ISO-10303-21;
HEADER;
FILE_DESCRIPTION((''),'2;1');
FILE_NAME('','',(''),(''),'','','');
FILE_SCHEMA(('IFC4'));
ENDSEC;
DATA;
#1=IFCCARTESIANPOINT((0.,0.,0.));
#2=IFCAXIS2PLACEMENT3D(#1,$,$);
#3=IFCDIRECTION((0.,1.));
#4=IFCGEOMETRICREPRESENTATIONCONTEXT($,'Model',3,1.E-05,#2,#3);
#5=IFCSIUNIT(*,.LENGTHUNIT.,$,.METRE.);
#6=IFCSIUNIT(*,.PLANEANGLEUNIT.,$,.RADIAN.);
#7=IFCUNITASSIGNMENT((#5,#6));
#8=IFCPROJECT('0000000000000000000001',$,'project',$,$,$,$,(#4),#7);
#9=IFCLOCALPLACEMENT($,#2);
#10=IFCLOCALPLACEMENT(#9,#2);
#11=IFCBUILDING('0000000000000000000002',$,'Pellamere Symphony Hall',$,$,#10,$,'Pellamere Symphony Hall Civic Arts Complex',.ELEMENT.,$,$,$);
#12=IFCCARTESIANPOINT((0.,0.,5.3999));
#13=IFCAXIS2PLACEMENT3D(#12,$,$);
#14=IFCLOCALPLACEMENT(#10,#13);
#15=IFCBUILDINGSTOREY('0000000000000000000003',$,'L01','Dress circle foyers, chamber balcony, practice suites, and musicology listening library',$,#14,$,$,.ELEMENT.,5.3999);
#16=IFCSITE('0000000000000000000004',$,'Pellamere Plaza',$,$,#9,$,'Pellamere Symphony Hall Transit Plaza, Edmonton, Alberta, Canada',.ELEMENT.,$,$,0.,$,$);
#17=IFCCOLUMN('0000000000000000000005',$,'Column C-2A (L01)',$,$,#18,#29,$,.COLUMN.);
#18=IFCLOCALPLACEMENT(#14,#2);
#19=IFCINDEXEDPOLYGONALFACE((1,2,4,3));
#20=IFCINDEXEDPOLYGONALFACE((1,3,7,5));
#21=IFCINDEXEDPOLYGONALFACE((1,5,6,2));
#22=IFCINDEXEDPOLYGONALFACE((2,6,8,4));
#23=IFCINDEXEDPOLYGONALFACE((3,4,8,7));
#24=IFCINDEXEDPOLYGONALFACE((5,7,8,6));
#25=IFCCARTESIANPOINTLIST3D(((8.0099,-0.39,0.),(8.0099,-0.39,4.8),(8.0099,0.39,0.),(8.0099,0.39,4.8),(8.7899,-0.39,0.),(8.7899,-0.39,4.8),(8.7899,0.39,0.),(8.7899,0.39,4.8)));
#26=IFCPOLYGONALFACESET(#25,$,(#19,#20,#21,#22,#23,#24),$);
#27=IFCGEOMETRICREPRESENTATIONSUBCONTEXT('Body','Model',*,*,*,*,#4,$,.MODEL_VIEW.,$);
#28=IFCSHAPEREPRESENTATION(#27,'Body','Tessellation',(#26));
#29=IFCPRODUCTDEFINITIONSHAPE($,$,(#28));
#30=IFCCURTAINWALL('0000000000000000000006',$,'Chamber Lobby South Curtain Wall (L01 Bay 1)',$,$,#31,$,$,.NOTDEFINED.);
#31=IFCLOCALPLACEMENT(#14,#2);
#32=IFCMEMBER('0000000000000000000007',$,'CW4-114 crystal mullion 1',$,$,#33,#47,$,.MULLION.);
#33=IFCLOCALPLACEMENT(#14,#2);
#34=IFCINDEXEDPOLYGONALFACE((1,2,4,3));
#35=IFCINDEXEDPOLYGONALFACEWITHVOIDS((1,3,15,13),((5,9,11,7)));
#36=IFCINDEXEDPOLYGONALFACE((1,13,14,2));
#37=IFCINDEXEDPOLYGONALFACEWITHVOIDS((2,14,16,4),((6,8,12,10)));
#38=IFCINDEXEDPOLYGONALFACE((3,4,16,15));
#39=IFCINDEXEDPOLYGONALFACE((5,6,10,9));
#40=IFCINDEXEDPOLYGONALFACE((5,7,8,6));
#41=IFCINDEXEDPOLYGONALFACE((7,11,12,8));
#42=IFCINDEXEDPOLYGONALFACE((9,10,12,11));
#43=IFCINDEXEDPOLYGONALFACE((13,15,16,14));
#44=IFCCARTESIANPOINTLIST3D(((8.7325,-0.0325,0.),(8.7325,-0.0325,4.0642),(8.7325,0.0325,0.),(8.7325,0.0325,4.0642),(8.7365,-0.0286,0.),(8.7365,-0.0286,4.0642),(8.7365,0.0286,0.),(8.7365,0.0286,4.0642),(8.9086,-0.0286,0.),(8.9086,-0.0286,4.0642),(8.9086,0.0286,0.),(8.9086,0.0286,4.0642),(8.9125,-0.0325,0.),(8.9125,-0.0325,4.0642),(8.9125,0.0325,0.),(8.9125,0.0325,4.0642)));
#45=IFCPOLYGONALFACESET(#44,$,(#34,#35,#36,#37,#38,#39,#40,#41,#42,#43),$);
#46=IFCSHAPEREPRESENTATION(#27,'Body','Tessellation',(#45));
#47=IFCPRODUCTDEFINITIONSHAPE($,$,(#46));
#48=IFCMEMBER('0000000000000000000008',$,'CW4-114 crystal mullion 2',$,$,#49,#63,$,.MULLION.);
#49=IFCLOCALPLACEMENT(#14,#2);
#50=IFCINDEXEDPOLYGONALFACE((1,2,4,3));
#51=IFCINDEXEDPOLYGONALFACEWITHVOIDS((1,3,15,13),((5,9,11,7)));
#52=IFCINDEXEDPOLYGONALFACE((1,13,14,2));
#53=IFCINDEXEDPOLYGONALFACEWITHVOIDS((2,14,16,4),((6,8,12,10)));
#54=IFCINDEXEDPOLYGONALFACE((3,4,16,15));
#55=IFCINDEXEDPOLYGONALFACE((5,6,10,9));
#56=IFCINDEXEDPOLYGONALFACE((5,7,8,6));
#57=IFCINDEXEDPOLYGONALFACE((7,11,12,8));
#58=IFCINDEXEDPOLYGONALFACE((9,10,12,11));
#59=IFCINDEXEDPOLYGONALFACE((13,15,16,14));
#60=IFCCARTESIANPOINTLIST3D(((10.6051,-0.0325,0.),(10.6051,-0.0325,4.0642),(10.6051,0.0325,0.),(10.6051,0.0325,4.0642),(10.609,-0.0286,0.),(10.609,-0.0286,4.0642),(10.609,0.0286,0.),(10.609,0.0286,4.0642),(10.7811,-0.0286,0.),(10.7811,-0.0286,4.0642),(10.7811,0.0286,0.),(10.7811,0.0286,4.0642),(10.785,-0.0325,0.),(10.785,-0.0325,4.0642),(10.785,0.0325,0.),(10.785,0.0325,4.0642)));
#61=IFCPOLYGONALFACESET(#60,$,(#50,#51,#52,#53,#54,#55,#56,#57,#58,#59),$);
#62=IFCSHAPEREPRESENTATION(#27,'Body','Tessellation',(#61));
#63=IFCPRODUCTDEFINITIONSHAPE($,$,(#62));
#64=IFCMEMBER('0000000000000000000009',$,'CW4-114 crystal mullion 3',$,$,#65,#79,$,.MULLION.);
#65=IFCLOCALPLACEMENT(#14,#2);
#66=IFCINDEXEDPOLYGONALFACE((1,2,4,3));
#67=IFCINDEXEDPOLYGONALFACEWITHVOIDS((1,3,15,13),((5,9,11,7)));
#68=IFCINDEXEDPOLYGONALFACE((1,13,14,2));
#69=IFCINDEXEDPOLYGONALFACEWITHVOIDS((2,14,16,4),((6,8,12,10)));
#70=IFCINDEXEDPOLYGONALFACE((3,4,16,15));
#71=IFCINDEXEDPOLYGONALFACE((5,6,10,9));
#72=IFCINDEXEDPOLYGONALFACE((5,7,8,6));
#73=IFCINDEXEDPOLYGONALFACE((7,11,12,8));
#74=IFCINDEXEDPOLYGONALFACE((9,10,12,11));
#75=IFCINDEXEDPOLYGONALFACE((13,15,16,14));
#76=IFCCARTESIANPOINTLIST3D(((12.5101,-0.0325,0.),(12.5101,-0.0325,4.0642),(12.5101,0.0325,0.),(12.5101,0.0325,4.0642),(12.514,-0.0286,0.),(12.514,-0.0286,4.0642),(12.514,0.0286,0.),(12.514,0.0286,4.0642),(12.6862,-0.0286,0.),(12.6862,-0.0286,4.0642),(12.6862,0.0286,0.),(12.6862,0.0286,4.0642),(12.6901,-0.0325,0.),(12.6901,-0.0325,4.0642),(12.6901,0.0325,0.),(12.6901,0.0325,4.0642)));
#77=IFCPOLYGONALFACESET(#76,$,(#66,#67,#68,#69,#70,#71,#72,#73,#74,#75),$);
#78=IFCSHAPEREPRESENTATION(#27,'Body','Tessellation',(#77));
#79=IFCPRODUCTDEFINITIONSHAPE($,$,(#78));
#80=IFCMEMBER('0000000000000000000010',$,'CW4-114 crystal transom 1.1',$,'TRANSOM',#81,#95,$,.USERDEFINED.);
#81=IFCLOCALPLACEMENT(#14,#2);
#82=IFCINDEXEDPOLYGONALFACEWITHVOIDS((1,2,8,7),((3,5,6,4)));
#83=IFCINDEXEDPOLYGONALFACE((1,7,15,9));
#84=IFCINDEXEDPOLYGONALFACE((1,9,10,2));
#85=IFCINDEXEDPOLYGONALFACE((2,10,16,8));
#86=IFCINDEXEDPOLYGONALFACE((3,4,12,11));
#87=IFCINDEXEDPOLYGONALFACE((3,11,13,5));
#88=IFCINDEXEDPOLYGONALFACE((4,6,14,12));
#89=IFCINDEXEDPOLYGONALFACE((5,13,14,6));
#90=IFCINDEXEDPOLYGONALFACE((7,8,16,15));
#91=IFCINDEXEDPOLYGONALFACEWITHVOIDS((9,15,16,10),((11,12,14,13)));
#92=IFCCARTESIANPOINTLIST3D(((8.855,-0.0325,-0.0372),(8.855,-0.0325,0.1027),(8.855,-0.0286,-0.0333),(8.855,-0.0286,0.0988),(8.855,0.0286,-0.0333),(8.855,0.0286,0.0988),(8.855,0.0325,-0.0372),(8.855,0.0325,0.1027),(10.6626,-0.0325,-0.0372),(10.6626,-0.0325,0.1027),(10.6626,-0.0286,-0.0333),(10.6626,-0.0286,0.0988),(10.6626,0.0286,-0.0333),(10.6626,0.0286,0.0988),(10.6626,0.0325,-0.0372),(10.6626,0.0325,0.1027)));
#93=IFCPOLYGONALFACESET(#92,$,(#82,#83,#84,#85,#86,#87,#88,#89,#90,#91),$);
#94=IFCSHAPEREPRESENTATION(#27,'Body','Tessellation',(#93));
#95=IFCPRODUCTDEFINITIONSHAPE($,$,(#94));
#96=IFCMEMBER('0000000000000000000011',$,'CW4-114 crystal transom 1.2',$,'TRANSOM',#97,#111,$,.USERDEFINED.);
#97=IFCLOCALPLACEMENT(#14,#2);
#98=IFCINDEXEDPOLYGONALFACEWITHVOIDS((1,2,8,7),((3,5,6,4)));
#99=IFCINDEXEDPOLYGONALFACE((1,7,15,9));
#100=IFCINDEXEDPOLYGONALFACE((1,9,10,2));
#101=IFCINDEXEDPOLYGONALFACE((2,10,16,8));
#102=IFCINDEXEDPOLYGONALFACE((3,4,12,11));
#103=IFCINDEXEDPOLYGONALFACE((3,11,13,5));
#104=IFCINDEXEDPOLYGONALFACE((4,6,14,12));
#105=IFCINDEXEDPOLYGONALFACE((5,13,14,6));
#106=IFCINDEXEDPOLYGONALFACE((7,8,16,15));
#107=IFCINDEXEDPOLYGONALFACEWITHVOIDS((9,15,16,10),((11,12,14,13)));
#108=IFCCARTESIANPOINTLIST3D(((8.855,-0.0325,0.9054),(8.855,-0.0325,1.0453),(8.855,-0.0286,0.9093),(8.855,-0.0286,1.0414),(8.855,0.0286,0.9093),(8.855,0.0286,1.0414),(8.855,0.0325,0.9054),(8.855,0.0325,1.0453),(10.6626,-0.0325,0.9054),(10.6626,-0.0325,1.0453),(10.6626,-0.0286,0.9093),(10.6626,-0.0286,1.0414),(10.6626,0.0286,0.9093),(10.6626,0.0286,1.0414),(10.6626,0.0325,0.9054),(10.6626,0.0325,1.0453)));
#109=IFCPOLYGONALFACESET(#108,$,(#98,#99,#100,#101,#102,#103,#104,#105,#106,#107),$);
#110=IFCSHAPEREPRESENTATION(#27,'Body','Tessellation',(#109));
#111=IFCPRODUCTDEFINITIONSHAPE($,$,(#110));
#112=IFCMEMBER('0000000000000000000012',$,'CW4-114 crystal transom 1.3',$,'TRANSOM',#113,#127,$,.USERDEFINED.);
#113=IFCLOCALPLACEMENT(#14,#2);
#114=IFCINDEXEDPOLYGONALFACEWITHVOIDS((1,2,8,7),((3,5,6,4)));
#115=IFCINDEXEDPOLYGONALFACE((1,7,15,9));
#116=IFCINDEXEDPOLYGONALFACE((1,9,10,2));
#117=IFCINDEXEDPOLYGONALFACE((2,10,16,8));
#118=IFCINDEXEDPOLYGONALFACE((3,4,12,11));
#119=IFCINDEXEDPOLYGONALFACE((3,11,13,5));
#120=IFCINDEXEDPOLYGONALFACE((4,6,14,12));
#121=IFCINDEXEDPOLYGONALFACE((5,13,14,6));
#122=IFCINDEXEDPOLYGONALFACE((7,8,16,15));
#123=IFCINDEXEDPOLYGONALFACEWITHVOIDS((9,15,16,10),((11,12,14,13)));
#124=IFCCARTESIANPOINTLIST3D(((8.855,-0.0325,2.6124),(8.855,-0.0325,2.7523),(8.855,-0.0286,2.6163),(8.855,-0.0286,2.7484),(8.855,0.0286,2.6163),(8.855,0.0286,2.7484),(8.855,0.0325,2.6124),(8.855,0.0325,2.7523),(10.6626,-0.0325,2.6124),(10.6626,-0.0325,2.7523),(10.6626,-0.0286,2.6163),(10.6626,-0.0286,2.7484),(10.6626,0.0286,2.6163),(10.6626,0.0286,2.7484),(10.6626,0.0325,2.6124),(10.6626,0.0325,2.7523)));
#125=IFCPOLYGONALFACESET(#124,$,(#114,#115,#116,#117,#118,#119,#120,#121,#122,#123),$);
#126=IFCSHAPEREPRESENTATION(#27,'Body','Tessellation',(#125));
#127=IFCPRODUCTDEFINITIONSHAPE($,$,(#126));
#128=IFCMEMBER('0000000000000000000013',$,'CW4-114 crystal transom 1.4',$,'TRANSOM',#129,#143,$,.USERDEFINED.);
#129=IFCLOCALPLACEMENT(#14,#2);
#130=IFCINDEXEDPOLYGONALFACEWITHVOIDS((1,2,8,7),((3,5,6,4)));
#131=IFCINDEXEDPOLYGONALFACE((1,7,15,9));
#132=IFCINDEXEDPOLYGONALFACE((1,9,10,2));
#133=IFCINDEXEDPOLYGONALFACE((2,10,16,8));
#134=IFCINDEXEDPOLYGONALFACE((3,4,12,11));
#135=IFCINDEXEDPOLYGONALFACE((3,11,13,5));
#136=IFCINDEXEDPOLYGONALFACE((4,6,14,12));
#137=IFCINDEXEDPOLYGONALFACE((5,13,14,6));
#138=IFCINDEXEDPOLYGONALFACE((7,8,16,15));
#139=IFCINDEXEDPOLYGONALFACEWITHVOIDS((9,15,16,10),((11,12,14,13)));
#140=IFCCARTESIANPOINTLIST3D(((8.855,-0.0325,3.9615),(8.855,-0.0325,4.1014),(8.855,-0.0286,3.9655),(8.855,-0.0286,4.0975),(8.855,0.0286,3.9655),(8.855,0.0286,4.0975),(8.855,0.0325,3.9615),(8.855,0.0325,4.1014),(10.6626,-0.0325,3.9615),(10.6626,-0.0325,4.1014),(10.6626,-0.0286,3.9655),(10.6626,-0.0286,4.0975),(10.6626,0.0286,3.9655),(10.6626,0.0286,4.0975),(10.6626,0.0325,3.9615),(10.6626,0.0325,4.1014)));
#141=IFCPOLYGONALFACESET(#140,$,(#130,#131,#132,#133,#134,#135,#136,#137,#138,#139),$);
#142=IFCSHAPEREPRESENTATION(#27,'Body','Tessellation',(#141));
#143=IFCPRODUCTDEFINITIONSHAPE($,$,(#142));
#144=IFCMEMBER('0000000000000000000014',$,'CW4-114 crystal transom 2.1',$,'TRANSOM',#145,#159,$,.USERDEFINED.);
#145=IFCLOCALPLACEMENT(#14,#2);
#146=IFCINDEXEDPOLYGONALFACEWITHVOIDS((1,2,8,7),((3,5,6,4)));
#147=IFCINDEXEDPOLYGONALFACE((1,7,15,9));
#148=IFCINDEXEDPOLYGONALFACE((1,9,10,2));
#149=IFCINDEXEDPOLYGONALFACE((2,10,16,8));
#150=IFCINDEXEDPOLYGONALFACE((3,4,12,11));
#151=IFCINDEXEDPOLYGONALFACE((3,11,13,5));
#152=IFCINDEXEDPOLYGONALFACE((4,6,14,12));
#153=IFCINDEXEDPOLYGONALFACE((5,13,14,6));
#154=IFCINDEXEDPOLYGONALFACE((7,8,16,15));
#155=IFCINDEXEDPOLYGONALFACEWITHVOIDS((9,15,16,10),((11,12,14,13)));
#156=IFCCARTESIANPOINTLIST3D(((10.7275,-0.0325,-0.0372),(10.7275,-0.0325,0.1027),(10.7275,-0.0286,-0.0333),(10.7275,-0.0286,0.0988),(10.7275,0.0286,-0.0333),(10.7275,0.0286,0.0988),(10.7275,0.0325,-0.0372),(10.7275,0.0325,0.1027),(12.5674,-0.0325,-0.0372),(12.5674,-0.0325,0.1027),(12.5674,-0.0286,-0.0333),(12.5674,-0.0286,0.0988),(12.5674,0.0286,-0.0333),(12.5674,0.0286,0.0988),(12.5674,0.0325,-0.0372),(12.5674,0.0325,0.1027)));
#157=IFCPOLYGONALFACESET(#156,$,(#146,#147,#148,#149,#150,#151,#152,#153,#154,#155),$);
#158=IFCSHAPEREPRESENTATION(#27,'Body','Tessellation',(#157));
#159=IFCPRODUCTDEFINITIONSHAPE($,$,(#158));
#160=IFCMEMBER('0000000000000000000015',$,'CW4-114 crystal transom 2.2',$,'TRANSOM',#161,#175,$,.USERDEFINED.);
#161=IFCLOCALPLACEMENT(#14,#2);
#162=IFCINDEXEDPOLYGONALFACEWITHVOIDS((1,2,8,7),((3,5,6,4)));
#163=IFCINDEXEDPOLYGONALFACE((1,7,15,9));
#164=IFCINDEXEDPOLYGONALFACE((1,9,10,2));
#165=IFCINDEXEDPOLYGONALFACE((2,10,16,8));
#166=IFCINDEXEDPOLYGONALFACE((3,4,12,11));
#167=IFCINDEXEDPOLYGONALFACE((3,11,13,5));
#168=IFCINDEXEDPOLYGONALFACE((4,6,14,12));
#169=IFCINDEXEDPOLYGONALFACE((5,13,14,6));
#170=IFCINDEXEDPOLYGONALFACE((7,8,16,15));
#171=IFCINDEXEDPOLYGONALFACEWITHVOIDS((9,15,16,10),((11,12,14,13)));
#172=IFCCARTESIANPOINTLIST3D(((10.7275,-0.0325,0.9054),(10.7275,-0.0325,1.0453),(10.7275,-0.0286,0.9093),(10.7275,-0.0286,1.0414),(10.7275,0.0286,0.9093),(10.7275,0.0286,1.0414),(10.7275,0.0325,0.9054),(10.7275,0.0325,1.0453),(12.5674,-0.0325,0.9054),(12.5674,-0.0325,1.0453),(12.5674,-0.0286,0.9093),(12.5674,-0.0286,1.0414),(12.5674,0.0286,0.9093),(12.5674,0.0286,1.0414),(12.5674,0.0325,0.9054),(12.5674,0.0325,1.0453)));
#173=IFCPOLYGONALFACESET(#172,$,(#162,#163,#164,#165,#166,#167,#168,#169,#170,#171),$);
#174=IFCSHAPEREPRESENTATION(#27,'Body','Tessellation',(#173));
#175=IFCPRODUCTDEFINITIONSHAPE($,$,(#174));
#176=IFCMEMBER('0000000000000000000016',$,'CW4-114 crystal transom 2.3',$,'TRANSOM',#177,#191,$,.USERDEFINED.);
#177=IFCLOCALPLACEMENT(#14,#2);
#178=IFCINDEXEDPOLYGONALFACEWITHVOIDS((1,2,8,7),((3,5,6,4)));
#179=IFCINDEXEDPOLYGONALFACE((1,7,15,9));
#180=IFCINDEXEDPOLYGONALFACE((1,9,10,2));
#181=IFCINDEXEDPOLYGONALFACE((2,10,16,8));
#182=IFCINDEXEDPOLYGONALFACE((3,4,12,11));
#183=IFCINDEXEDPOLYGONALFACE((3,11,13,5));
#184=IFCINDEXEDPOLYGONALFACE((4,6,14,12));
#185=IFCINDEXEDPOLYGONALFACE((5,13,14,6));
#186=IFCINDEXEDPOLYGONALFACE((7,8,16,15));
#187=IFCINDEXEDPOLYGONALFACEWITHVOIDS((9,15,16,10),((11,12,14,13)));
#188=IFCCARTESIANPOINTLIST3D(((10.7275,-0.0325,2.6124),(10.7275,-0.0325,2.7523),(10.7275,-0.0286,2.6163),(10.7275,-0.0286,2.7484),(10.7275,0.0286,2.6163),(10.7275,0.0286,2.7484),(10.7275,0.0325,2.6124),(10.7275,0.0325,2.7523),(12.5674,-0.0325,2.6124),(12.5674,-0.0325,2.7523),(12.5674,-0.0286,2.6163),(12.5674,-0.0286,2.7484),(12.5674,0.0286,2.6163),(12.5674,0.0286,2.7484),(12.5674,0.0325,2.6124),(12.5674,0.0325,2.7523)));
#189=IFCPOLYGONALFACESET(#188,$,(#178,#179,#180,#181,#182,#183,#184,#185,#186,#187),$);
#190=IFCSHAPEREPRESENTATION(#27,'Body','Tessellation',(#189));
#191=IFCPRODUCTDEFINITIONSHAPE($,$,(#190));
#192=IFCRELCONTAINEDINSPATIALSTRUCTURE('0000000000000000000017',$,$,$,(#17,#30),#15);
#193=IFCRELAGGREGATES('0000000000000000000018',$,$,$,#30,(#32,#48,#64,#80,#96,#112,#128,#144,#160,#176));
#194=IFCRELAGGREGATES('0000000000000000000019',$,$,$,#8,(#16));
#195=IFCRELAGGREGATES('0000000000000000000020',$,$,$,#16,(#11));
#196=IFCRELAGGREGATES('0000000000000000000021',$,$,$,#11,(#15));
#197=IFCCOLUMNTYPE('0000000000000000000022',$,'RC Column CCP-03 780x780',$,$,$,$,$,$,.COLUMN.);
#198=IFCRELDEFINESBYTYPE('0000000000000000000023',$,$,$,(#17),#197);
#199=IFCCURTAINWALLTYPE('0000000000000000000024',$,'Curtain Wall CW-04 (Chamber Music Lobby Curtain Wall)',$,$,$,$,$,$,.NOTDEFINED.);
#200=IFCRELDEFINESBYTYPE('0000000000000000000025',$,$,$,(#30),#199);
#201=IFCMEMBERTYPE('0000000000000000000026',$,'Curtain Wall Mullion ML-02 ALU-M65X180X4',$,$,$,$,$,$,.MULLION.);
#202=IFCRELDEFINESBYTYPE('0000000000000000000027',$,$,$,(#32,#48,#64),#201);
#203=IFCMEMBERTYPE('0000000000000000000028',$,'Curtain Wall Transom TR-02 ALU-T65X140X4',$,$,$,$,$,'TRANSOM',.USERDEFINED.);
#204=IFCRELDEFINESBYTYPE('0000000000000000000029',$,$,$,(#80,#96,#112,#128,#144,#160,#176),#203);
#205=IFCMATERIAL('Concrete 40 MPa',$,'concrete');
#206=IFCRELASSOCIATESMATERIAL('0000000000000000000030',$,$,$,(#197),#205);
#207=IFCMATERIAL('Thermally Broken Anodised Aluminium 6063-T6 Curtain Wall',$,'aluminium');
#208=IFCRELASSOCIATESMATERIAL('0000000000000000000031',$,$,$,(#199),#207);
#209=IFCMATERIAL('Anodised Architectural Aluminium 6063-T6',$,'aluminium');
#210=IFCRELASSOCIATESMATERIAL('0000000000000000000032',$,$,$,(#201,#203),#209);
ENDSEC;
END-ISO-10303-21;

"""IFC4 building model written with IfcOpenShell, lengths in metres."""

from ifc_helpers import new_model, si_unit, direction, frame, origin, origin_2d, place, context, subcontext, project, spatial, rectangle, hollow_rectangle, extrude, material, material_profile, profile_set, type_object, element, aggregate, save


model = new_model("IFC4")

# Units and contexts
model_context = context("Model", 3, precision=1e-05, world=origin(), true_north=direction((0.0, 1.0)))
body_context = subcontext(model_context, "Body", "Model", "MODEL_VIEW")
ifc_project = project(units=[si_unit("LENGTHUNIT", "METRE"), si_unit("PLANEANGLEUNIT", "RADIAN")], contexts=[model_context])

# Site, building, storey
site_placement = place(None, origin())
site = spatial("IfcSite", under=ifc_project, at=site_placement, Name="Pellamere Plaza", LongName="Pellamere Symphony Hall Transit Plaza, Edmonton, Alberta, Canada", CompositionType="ELEMENT", RefElevation=0.0)
building_placement = place(site_placement, origin())
building = spatial("IfcBuilding", under=site, at=building_placement, Name="Pellamere Symphony Hall", LongName="Pellamere Symphony Hall Civic Arts Complex", CompositionType="ELEMENT")
storey_placement = place(building_placement, frame((0.0, 0.0, 5.3999)))
storey = spatial("IfcBuildingStorey", under=building, at=storey_placement, Name="L01", Description="Dress circle foyers, chamber balcony, practice suites, and musicology listening library", CompositionType="ELEMENT", Elevation=5.3999)

# Column
ifc_material_1 = material(Name="Concrete 40 MPa", Category="concrete")
ifc_material_profile_1 = material_profile(ifc_material_1, rectangle(XDim=0.78, YDim=0.78, at=origin_2d()), Name="RC 780x780")
ifc_profile_set_1 = profile_set([ifc_material_profile_1], Name="Concrete 40 MPa")
column_type = type_object("IfcColumnType", Name="RC Column CCP-03 780x780", PredefinedType="COLUMN", material=ifc_profile_set_1)
column_placement = place(storey_placement, frame((8.3999, 0.0, 0.0), z_axis=(0.0, 0.0, 1.0), x_axis=(1.0, 0.0, 0.0)))
element("IfcColumn", 1, at=column_placement, inside=storey, type_object=column_type, Name="Column C-2A (L01)", PredefinedType="COLUMN", context=body_context, shape_type="SweptSolid", body=[
    extrude(rectangle(XDim=0.78, YDim=0.78, at=origin_2d()), origin(), (0.0, 0.0, 1.0), 4.8),
])

# Curtain wall, members
ifc_material_2 = material(Name="Thermally Broken Anodised Aluminium 6063-T6 Curtain Wall", Category="aluminium")
curtain_wall_type = type_object("IfcCurtainWallType", Name="Curtain Wall CW-04 (Chamber Music Lobby Curtain Wall)", PredefinedType="NOTDEFINED", material=ifc_material_2)
curtain_wall_placement = place(storey_placement, origin())
curtain_wall = element("IfcCurtainWall", 2, at=curtain_wall_placement, inside=storey, type_object=curtain_wall_type, Name="Chamber Lobby South Curtain Wall (L01 Bay 1)", PredefinedType="NOTDEFINED")
ifc_material_3 = material(Name="Anodised Architectural Aluminium 6063-T6", Category="aluminium")
ifc_material_profile_2 = material_profile(ifc_material_3, hollow_rectangle(XDim=0.0649, YDim=0.1799, WallThickness=0.0039, at=origin_2d()), Name="ALU-M65X180X4")
ifc_profile_set_2 = profile_set([ifc_material_profile_2], Name="Anodised Architectural Aluminium 6063-T6")
member_type_1 = type_object("IfcMemberType", Name="Curtain Wall Mullion ML-02 ALU-M65X180X4", PredefinedType="MULLION", material=ifc_profile_set_2)
member_1_placement = place(storey_placement, frame((8.8225, 0.0, 0.0), z_axis=(0.0, 0.0, 1.0), x_axis=(0.0, 1.0, 0.0)))
member_1 = element("IfcMember", 3, at=member_1_placement, type_object=member_type_1, Name="CW4-114 crystal mullion 1", PredefinedType="MULLION", context=body_context, shape_type="SweptSolid", body=[
    extrude(hollow_rectangle(XDim=0.0649, YDim=0.1799, WallThickness=0.0039, at=origin_2d()), origin(), (0.0, 0.0, 1.0), 4.0642),
])
member_2_placement = place(storey_placement, frame((10.6951, 0.0, 0.0), z_axis=(0.0, 0.0, 1.0), x_axis=(0.0, 1.0, 0.0)))
member_2 = element("IfcMember", 4, at=member_2_placement, type_object=member_type_1, Name="CW4-114 crystal mullion 2", PredefinedType="MULLION", context=body_context, shape_type="SweptSolid", body=[
    extrude(hollow_rectangle(XDim=0.0649, YDim=0.1799, WallThickness=0.0039, at=origin_2d()), origin(), (0.0, 0.0, 1.0), 4.0642),
])
member_3_placement = place(storey_placement, frame((12.6001, 0.0, 0.0), z_axis=(0.0, 0.0, 1.0), x_axis=(0.0, 1.0, 0.0)))
member_3 = element("IfcMember", 5, at=member_3_placement, type_object=member_type_1, Name="CW4-114 crystal mullion 3", PredefinedType="MULLION", context=body_context, shape_type="SweptSolid", body=[
    extrude(hollow_rectangle(XDim=0.0649, YDim=0.1799, WallThickness=0.0039, at=origin_2d()), origin(), (0.0, 0.0, 1.0), 4.0642),
])
ifc_material_profile_3 = material_profile(ifc_material_3, hollow_rectangle(XDim=0.0649, YDim=0.1399, WallThickness=0.0039, at=origin_2d()), Name="ALU-T65X140X4")
ifc_profile_set_3 = profile_set([ifc_material_profile_3], Name="Anodised Architectural Aluminium 6063-T6")
member_type_2 = type_object("IfcMemberType", Name="Curtain Wall Transom TR-02 ALU-T65X140X4", ElementType="TRANSOM", PredefinedType="USERDEFINED", material=ifc_profile_set_3)
member_4_placement = place(storey_placement, frame((8.855, 0.0, 0.0327), z_axis=(1.0, 0.0, 0.0), x_axis=(0.0, 1.0, 0.0)))
member_4 = element("IfcMember", 6, at=member_4_placement, type_object=member_type_2, Name="CW4-114 crystal transom 1.1", ObjectType="TRANSOM", PredefinedType="USERDEFINED", context=body_context, shape_type="SweptSolid", body=[
    extrude(hollow_rectangle(XDim=0.0649, YDim=0.1399, WallThickness=0.0039, at=origin_2d()), origin(), (0.0, 0.0, 1.0), 1.8076),
])
member_5_placement = place(storey_placement, frame((8.855, 0.0, 0.9753), z_axis=(1.0, 0.0, 0.0), x_axis=(0.0, 1.0, 0.0)))
member_5 = element("IfcMember", 7, at=member_5_placement, type_object=member_type_2, Name="CW4-114 crystal transom 1.2", ObjectType="TRANSOM", PredefinedType="USERDEFINED", context=body_context, shape_type="SweptSolid", body=[
    extrude(hollow_rectangle(XDim=0.0649, YDim=0.1399, WallThickness=0.0039, at=origin_2d()), origin(), (0.0, 0.0, 1.0), 1.8076),
])
member_6_placement = place(storey_placement, frame((8.855, 0.0, 2.6824), z_axis=(1.0, 0.0, 0.0), x_axis=(0.0, 1.0, 0.0)))
member_6 = element("IfcMember", 8, at=member_6_placement, type_object=member_type_2, Name="CW4-114 crystal transom 1.3", ObjectType="TRANSOM", PredefinedType="USERDEFINED", context=body_context, shape_type="SweptSolid", body=[
    extrude(hollow_rectangle(XDim=0.0649, YDim=0.1399, WallThickness=0.0039, at=origin_2d()), origin(), (0.0, 0.0, 1.0), 1.8076),
])
member_7_placement = place(storey_placement, frame((8.855, 0.0, 4.0315), z_axis=(1.0, 0.0, 0.0), x_axis=(0.0, 1.0, 0.0)))
member_7 = element("IfcMember", 9, at=member_7_placement, type_object=member_type_2, Name="CW4-114 crystal transom 1.4", ObjectType="TRANSOM", PredefinedType="USERDEFINED", context=body_context, shape_type="SweptSolid", body=[
    extrude(hollow_rectangle(XDim=0.0649, YDim=0.1399, WallThickness=0.0039, at=origin_2d()), origin(), (0.0, 0.0, 1.0), 1.8076),
])
member_8_placement = place(storey_placement, frame((10.7275, 0.0, 0.0327), z_axis=(1.0, 0.0, 0.0), x_axis=(0.0, 1.0, 0.0)))
member_8 = element("IfcMember", 10, at=member_8_placement, type_object=member_type_2, Name="CW4-114 crystal transom 2.1", ObjectType="TRANSOM", PredefinedType="USERDEFINED", context=body_context, shape_type="SweptSolid", body=[
    extrude(hollow_rectangle(XDim=0.0649, YDim=0.1399, WallThickness=0.0039, at=origin_2d()), origin(), (0.0, 0.0, 1.0), 1.8398),
])
member_9_placement = place(storey_placement, frame((10.7275, 0.0, 0.9753), z_axis=(1.0, 0.0, 0.0), x_axis=(0.0, 1.0, 0.0)))
member_9 = element("IfcMember", 11, at=member_9_placement, type_object=member_type_2, Name="CW4-114 crystal transom 2.2", ObjectType="TRANSOM", PredefinedType="USERDEFINED", context=body_context, shape_type="SweptSolid", body=[
    extrude(hollow_rectangle(XDim=0.0649, YDim=0.1399, WallThickness=0.0039, at=origin_2d()), origin(), (0.0, 0.0, 1.0), 1.8398),
])
member_10_placement = place(storey_placement, frame((10.7275, 0.0, 2.6824), z_axis=(1.0, 0.0, 0.0), x_axis=(0.0, 1.0, 0.0)))
member_10 = element("IfcMember", 12, at=member_10_placement, type_object=member_type_2, Name="CW4-114 crystal transom 2.3", ObjectType="TRANSOM", PredefinedType="USERDEFINED", context=body_context, shape_type="SweptSolid", body=[
    extrude(hollow_rectangle(XDim=0.0649, YDim=0.1399, WallThickness=0.0039, at=origin_2d()), origin(), (0.0, 0.0, 1.0), 1.8398),
])

aggregate(curtain_wall, [member_1, member_2, member_3, member_4, member_5, member_6, member_7, member_8, member_9, member_10])

save(model, "model.ifc")
